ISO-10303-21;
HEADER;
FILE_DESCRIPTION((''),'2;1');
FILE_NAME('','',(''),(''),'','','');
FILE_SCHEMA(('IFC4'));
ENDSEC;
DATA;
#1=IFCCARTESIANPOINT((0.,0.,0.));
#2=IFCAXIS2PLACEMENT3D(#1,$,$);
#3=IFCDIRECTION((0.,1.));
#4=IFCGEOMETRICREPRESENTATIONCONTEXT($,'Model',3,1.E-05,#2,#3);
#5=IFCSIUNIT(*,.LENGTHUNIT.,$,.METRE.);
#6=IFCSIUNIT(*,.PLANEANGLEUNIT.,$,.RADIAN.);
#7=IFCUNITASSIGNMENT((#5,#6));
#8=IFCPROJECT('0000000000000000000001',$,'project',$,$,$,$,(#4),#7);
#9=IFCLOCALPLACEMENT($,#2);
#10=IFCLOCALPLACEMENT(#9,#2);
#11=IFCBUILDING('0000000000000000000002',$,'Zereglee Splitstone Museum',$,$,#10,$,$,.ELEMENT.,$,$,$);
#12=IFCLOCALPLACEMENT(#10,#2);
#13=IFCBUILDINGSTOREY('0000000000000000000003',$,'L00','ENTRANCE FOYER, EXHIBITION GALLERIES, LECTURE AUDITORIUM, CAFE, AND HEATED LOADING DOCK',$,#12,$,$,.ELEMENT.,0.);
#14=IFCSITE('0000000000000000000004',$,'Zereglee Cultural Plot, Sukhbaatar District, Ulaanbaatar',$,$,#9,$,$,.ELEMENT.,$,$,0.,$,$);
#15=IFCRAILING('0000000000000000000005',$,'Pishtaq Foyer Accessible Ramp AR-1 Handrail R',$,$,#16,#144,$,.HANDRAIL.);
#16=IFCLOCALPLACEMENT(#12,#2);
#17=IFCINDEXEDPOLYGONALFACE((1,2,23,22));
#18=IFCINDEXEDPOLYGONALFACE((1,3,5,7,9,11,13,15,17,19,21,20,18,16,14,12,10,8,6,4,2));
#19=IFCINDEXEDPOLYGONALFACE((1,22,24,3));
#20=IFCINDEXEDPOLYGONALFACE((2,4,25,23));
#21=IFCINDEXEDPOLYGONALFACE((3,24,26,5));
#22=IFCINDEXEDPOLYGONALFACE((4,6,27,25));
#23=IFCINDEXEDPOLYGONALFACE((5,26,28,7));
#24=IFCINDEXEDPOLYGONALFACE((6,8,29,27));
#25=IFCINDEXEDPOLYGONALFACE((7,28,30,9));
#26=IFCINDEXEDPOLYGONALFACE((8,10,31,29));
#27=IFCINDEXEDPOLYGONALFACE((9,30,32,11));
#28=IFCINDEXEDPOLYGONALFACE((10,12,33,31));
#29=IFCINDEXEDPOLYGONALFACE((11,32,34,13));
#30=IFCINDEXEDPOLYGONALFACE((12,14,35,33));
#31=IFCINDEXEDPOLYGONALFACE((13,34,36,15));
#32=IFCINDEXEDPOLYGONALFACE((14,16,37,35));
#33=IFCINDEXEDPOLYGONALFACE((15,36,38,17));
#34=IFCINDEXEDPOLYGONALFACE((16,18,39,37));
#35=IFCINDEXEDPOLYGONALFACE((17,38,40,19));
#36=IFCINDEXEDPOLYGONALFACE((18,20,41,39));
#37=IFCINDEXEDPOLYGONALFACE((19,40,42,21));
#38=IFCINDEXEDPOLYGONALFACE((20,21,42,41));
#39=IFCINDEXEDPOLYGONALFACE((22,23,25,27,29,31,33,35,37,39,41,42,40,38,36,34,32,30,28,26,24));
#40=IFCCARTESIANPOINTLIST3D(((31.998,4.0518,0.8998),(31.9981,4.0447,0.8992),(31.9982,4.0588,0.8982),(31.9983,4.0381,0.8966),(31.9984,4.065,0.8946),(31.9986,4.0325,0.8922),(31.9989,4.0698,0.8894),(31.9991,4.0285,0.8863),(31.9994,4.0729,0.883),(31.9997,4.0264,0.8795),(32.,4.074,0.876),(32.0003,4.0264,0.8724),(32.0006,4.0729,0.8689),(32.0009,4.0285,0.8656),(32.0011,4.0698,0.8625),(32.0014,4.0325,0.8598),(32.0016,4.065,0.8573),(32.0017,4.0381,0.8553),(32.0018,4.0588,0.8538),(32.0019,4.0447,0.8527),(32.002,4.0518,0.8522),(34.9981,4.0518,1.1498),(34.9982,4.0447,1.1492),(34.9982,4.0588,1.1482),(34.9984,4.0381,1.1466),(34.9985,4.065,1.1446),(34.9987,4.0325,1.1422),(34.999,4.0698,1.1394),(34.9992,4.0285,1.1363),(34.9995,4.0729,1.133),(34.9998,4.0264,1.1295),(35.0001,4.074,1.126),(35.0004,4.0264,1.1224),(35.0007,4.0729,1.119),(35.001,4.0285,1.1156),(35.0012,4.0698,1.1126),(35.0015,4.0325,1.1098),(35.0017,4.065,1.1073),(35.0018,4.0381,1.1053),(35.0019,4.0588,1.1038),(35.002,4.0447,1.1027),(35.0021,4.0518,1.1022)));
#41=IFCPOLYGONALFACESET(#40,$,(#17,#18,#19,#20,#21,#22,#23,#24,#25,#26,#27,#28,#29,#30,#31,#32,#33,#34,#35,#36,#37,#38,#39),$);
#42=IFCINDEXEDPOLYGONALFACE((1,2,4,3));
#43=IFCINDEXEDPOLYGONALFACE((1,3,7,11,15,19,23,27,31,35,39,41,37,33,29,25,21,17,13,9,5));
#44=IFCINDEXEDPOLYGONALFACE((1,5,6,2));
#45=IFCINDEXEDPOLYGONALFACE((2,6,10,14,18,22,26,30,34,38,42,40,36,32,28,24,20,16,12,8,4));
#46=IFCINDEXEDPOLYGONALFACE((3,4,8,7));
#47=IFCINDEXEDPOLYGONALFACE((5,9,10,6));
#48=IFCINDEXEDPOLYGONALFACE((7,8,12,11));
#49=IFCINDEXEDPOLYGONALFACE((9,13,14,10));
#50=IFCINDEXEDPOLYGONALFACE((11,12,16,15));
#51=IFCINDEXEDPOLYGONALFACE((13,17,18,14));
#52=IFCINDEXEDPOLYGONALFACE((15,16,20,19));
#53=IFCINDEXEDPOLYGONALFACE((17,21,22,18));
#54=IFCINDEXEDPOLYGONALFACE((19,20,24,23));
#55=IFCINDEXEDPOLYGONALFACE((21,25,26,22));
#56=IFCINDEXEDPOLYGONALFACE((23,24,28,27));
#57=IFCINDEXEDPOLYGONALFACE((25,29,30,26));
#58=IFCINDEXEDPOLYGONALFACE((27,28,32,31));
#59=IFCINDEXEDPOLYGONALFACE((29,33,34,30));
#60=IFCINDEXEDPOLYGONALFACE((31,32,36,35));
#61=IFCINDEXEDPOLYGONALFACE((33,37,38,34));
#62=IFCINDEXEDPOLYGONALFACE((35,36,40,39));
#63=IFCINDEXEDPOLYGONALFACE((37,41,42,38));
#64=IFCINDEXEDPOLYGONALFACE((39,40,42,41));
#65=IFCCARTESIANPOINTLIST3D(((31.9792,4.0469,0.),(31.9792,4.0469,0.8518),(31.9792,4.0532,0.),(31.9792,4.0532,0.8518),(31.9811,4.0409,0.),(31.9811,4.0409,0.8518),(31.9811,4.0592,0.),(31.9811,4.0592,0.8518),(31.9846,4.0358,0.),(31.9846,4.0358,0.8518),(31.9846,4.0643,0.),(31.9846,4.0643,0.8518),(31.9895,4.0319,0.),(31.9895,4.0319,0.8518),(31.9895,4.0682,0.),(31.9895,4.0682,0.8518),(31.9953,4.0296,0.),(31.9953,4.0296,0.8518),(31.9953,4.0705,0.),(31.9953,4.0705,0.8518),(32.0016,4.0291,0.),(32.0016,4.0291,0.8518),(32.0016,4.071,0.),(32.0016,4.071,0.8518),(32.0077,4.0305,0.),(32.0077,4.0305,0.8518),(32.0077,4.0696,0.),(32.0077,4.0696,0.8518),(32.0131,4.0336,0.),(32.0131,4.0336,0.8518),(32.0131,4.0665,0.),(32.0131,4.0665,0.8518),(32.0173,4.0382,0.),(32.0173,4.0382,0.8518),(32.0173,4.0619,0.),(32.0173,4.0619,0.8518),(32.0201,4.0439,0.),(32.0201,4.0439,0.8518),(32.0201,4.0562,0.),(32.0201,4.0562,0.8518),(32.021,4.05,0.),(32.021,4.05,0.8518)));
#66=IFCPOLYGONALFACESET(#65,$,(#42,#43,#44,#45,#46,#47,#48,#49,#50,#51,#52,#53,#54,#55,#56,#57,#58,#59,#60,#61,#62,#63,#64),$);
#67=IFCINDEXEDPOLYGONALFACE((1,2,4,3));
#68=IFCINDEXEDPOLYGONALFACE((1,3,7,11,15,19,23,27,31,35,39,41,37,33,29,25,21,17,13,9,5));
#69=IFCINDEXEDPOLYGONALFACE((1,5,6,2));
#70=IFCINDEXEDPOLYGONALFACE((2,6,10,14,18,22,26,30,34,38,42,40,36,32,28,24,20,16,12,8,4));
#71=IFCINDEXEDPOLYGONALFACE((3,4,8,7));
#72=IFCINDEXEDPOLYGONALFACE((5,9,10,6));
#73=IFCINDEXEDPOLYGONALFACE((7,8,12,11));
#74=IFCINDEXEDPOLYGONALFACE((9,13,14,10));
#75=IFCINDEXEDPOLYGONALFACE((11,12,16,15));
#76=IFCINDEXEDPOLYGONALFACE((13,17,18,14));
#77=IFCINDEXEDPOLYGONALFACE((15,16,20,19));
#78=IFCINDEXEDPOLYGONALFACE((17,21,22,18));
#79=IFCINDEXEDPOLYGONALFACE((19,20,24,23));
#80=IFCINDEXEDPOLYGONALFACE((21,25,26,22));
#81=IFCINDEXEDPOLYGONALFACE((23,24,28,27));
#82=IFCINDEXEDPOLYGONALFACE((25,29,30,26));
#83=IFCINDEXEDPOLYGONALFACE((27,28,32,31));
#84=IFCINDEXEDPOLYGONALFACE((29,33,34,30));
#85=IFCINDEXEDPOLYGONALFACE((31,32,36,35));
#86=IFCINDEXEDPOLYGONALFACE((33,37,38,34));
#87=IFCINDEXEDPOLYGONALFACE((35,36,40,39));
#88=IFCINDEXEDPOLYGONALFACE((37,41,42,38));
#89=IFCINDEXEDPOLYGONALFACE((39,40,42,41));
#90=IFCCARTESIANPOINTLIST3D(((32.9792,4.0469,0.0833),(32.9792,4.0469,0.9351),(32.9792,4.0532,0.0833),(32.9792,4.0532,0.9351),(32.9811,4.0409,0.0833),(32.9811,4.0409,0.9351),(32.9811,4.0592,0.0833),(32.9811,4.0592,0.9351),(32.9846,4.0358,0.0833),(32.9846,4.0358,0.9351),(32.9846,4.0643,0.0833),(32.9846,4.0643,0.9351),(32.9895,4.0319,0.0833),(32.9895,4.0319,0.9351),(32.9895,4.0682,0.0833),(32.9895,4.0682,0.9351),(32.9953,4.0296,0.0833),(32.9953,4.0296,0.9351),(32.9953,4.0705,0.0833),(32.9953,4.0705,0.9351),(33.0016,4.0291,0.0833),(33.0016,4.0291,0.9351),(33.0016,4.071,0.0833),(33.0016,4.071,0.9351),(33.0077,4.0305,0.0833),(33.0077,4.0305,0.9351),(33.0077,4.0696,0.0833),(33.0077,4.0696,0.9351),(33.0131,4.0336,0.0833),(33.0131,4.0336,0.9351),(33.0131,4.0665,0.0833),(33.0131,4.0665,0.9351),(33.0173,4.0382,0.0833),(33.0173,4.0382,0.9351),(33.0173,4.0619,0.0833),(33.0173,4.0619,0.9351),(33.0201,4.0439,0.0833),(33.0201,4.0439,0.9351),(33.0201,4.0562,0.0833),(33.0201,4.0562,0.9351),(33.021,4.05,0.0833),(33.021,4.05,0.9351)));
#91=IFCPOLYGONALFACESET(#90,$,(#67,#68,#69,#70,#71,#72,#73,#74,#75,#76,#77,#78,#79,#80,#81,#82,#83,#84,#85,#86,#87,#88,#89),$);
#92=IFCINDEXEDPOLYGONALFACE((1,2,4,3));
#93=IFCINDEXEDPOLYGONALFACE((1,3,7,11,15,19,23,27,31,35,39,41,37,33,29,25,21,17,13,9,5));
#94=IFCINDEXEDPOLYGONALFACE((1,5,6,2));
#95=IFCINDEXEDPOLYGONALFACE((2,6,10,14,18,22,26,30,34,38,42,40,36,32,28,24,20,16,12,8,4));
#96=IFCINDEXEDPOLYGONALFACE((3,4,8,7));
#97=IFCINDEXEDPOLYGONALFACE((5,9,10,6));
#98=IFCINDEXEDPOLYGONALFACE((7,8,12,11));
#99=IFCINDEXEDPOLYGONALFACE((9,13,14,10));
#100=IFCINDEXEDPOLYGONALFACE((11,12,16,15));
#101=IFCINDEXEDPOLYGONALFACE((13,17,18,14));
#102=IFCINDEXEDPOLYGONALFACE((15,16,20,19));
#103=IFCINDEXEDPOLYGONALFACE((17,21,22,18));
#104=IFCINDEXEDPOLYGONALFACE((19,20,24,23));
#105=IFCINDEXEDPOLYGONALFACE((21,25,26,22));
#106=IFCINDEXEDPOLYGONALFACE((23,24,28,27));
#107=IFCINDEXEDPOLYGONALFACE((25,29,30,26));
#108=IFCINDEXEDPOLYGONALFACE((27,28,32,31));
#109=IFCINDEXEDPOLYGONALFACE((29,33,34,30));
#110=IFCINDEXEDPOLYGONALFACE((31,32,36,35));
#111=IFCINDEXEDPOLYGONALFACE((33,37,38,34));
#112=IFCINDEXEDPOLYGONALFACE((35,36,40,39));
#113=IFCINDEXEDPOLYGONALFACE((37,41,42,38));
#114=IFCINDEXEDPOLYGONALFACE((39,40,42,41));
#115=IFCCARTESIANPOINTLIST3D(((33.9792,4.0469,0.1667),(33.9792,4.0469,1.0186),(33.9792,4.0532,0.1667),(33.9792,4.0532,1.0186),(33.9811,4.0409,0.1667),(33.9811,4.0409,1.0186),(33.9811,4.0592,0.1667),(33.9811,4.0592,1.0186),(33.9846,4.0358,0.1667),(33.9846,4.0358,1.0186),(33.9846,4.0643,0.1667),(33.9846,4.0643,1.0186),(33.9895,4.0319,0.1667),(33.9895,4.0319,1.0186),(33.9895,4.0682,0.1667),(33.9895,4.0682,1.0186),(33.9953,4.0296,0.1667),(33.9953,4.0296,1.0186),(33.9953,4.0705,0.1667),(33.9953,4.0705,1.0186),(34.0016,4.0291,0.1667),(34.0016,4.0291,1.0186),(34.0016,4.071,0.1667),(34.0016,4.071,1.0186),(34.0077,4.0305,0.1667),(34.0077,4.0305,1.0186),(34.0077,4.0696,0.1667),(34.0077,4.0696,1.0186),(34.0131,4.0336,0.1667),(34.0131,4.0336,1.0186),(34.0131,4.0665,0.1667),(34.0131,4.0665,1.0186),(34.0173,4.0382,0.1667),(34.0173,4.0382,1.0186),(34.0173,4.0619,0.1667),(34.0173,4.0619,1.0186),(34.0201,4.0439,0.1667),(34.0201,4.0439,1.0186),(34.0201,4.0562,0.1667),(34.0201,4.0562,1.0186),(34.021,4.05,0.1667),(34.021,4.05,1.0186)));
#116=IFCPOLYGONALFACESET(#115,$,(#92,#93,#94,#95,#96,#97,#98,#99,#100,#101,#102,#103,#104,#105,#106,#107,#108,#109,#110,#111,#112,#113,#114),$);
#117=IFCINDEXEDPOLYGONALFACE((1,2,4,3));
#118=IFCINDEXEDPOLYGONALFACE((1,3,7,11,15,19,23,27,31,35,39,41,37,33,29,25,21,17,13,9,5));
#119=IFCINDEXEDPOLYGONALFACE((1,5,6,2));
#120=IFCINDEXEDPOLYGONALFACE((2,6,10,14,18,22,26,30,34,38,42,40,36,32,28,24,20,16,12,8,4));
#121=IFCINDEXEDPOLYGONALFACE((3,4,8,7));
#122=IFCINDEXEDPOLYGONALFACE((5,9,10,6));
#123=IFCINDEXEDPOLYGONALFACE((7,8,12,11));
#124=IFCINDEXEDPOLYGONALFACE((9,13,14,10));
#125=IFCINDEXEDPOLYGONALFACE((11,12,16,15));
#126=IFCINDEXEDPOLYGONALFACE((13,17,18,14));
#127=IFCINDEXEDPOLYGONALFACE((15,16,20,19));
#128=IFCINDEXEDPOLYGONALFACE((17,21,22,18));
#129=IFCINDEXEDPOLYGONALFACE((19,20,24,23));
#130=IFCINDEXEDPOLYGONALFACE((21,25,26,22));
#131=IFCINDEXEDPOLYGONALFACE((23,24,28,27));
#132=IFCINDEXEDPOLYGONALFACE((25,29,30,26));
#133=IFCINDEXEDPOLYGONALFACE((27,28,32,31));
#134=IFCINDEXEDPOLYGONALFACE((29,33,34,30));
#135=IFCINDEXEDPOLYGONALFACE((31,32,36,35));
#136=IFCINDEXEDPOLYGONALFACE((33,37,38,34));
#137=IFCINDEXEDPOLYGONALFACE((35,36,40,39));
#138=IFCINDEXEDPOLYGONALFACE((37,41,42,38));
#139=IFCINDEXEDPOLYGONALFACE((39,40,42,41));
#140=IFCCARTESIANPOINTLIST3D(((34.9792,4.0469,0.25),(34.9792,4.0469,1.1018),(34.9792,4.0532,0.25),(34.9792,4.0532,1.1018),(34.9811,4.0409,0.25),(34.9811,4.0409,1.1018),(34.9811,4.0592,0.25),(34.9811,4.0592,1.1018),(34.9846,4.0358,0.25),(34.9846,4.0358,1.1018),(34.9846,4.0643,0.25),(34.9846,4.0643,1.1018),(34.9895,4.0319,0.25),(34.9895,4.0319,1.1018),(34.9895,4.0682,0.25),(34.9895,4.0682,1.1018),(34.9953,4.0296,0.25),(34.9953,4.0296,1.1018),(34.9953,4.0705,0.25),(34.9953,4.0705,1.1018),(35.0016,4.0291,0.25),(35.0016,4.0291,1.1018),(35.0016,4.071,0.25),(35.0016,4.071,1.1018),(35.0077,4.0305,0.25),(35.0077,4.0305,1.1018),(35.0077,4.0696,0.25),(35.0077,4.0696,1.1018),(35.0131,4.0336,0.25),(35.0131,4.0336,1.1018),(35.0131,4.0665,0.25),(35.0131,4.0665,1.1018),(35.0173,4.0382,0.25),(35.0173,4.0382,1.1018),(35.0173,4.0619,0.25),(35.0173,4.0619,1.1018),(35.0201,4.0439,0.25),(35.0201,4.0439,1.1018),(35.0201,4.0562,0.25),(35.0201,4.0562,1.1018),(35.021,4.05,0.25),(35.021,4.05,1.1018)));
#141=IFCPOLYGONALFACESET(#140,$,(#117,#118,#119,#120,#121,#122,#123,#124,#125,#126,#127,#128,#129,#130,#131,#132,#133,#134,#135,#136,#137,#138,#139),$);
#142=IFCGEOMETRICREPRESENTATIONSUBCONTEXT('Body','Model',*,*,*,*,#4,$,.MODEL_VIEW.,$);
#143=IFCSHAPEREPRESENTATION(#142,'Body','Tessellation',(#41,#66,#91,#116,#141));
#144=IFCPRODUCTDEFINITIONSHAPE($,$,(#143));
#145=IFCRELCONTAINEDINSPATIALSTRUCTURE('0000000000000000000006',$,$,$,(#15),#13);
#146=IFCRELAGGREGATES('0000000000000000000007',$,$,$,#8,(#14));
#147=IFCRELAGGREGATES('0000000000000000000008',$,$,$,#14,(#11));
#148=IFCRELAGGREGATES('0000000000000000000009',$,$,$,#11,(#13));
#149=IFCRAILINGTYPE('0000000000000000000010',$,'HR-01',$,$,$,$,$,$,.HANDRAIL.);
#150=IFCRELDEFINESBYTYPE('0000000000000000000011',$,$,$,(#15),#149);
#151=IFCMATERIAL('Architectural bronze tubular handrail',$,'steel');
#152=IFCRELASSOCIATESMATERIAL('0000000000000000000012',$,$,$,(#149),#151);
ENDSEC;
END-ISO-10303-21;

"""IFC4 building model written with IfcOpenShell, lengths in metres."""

from ifc_helpers import new_model, si_unit, direction, frame, origin, origin_2d, place, context, subcontext, project, spatial, circle, extrude, material, type_object, element, save


model = new_model("IFC4")

# Units and contexts
model_context = context("Model", 3, precision=1e-05, world=origin(), true_north=direction((0.0, 1.0)))
body_context = subcontext(model_context, "Body", "Model", "MODEL_VIEW")
ifc_project = project(units=[si_unit("LENGTHUNIT", "METRE"), si_unit("PLANEANGLEUNIT", "RADIAN")], contexts=[model_context])

# Site, building, storey
site_placement = place(None, origin())
site = spatial("IfcSite", under=ifc_project, at=site_placement, Name="Zereglee Cultural Plot, Sukhbaatar District, Ulaanbaatar", CompositionType="ELEMENT", RefElevation=0.0)
building_placement = place(site_placement, origin())
building = spatial("IfcBuilding", under=site, at=building_placement, Name="Zereglee Splitstone Museum", CompositionType="ELEMENT")
storey_placement = place(building_placement, origin())
storey = spatial("IfcBuildingStorey", under=building, at=storey_placement, Name="L00", Description="ENTRANCE FOYER, EXHIBITION GALLERIES, LECTURE AUDITORIUM, CAFE, AND HEATED LOADING DOCK", CompositionType="ELEMENT", Elevation=0.0)

# Railing
ifc_material_1 = material(Name="Architectural bronze tubular handrail", Category="steel")
railing_type = type_object("IfcRailingType", Name="HR-01", PredefinedType="HANDRAIL", material=ifc_material_1)
for number, where, name in (
    (1, (32.0, 4.05, 0.0), "Pishtaq Foyer Accessible Ramp AR-1 Handrail R"),
):
    element("IfcRailing", number, at=place(storey_placement, frame(where)), inside=storey, type_object=railing_type, Name=name, PredefinedType="HANDRAIL", context=body_context, shape_type="SweptSolid", body=[
        extrude(circle(Radius=0.0239, at=origin_2d()), frame((0.0, 0.0, 0.876), z_axis=(0.996546, 0.0, 0.083045), x_axis=(0.0, 1.0, 0.0)), (0.0, 0.0, 1.0), 3.0105),
        extrude(circle(Radius=0.021, at=origin_2d()), origin(), (0.0, 0.0, 1.0), 0.8518),
        extrude(circle(Radius=0.021, at=origin_2d()), frame((1.0, 0.0, 0.0833)), (0.0, 0.0, 1.0), 0.8518),
        extrude(circle(Radius=0.021, at=origin_2d()), frame((2.0, 0.0, 0.1667)), (0.0, 0.0, 1.0), 0.8518),
        extrude(circle(Radius=0.021, at=origin_2d()), frame((3.0, 0.0, 0.25)), (0.0, 0.0, 1.0), 0.8518),
    ])

save(model, "model.ifc")
